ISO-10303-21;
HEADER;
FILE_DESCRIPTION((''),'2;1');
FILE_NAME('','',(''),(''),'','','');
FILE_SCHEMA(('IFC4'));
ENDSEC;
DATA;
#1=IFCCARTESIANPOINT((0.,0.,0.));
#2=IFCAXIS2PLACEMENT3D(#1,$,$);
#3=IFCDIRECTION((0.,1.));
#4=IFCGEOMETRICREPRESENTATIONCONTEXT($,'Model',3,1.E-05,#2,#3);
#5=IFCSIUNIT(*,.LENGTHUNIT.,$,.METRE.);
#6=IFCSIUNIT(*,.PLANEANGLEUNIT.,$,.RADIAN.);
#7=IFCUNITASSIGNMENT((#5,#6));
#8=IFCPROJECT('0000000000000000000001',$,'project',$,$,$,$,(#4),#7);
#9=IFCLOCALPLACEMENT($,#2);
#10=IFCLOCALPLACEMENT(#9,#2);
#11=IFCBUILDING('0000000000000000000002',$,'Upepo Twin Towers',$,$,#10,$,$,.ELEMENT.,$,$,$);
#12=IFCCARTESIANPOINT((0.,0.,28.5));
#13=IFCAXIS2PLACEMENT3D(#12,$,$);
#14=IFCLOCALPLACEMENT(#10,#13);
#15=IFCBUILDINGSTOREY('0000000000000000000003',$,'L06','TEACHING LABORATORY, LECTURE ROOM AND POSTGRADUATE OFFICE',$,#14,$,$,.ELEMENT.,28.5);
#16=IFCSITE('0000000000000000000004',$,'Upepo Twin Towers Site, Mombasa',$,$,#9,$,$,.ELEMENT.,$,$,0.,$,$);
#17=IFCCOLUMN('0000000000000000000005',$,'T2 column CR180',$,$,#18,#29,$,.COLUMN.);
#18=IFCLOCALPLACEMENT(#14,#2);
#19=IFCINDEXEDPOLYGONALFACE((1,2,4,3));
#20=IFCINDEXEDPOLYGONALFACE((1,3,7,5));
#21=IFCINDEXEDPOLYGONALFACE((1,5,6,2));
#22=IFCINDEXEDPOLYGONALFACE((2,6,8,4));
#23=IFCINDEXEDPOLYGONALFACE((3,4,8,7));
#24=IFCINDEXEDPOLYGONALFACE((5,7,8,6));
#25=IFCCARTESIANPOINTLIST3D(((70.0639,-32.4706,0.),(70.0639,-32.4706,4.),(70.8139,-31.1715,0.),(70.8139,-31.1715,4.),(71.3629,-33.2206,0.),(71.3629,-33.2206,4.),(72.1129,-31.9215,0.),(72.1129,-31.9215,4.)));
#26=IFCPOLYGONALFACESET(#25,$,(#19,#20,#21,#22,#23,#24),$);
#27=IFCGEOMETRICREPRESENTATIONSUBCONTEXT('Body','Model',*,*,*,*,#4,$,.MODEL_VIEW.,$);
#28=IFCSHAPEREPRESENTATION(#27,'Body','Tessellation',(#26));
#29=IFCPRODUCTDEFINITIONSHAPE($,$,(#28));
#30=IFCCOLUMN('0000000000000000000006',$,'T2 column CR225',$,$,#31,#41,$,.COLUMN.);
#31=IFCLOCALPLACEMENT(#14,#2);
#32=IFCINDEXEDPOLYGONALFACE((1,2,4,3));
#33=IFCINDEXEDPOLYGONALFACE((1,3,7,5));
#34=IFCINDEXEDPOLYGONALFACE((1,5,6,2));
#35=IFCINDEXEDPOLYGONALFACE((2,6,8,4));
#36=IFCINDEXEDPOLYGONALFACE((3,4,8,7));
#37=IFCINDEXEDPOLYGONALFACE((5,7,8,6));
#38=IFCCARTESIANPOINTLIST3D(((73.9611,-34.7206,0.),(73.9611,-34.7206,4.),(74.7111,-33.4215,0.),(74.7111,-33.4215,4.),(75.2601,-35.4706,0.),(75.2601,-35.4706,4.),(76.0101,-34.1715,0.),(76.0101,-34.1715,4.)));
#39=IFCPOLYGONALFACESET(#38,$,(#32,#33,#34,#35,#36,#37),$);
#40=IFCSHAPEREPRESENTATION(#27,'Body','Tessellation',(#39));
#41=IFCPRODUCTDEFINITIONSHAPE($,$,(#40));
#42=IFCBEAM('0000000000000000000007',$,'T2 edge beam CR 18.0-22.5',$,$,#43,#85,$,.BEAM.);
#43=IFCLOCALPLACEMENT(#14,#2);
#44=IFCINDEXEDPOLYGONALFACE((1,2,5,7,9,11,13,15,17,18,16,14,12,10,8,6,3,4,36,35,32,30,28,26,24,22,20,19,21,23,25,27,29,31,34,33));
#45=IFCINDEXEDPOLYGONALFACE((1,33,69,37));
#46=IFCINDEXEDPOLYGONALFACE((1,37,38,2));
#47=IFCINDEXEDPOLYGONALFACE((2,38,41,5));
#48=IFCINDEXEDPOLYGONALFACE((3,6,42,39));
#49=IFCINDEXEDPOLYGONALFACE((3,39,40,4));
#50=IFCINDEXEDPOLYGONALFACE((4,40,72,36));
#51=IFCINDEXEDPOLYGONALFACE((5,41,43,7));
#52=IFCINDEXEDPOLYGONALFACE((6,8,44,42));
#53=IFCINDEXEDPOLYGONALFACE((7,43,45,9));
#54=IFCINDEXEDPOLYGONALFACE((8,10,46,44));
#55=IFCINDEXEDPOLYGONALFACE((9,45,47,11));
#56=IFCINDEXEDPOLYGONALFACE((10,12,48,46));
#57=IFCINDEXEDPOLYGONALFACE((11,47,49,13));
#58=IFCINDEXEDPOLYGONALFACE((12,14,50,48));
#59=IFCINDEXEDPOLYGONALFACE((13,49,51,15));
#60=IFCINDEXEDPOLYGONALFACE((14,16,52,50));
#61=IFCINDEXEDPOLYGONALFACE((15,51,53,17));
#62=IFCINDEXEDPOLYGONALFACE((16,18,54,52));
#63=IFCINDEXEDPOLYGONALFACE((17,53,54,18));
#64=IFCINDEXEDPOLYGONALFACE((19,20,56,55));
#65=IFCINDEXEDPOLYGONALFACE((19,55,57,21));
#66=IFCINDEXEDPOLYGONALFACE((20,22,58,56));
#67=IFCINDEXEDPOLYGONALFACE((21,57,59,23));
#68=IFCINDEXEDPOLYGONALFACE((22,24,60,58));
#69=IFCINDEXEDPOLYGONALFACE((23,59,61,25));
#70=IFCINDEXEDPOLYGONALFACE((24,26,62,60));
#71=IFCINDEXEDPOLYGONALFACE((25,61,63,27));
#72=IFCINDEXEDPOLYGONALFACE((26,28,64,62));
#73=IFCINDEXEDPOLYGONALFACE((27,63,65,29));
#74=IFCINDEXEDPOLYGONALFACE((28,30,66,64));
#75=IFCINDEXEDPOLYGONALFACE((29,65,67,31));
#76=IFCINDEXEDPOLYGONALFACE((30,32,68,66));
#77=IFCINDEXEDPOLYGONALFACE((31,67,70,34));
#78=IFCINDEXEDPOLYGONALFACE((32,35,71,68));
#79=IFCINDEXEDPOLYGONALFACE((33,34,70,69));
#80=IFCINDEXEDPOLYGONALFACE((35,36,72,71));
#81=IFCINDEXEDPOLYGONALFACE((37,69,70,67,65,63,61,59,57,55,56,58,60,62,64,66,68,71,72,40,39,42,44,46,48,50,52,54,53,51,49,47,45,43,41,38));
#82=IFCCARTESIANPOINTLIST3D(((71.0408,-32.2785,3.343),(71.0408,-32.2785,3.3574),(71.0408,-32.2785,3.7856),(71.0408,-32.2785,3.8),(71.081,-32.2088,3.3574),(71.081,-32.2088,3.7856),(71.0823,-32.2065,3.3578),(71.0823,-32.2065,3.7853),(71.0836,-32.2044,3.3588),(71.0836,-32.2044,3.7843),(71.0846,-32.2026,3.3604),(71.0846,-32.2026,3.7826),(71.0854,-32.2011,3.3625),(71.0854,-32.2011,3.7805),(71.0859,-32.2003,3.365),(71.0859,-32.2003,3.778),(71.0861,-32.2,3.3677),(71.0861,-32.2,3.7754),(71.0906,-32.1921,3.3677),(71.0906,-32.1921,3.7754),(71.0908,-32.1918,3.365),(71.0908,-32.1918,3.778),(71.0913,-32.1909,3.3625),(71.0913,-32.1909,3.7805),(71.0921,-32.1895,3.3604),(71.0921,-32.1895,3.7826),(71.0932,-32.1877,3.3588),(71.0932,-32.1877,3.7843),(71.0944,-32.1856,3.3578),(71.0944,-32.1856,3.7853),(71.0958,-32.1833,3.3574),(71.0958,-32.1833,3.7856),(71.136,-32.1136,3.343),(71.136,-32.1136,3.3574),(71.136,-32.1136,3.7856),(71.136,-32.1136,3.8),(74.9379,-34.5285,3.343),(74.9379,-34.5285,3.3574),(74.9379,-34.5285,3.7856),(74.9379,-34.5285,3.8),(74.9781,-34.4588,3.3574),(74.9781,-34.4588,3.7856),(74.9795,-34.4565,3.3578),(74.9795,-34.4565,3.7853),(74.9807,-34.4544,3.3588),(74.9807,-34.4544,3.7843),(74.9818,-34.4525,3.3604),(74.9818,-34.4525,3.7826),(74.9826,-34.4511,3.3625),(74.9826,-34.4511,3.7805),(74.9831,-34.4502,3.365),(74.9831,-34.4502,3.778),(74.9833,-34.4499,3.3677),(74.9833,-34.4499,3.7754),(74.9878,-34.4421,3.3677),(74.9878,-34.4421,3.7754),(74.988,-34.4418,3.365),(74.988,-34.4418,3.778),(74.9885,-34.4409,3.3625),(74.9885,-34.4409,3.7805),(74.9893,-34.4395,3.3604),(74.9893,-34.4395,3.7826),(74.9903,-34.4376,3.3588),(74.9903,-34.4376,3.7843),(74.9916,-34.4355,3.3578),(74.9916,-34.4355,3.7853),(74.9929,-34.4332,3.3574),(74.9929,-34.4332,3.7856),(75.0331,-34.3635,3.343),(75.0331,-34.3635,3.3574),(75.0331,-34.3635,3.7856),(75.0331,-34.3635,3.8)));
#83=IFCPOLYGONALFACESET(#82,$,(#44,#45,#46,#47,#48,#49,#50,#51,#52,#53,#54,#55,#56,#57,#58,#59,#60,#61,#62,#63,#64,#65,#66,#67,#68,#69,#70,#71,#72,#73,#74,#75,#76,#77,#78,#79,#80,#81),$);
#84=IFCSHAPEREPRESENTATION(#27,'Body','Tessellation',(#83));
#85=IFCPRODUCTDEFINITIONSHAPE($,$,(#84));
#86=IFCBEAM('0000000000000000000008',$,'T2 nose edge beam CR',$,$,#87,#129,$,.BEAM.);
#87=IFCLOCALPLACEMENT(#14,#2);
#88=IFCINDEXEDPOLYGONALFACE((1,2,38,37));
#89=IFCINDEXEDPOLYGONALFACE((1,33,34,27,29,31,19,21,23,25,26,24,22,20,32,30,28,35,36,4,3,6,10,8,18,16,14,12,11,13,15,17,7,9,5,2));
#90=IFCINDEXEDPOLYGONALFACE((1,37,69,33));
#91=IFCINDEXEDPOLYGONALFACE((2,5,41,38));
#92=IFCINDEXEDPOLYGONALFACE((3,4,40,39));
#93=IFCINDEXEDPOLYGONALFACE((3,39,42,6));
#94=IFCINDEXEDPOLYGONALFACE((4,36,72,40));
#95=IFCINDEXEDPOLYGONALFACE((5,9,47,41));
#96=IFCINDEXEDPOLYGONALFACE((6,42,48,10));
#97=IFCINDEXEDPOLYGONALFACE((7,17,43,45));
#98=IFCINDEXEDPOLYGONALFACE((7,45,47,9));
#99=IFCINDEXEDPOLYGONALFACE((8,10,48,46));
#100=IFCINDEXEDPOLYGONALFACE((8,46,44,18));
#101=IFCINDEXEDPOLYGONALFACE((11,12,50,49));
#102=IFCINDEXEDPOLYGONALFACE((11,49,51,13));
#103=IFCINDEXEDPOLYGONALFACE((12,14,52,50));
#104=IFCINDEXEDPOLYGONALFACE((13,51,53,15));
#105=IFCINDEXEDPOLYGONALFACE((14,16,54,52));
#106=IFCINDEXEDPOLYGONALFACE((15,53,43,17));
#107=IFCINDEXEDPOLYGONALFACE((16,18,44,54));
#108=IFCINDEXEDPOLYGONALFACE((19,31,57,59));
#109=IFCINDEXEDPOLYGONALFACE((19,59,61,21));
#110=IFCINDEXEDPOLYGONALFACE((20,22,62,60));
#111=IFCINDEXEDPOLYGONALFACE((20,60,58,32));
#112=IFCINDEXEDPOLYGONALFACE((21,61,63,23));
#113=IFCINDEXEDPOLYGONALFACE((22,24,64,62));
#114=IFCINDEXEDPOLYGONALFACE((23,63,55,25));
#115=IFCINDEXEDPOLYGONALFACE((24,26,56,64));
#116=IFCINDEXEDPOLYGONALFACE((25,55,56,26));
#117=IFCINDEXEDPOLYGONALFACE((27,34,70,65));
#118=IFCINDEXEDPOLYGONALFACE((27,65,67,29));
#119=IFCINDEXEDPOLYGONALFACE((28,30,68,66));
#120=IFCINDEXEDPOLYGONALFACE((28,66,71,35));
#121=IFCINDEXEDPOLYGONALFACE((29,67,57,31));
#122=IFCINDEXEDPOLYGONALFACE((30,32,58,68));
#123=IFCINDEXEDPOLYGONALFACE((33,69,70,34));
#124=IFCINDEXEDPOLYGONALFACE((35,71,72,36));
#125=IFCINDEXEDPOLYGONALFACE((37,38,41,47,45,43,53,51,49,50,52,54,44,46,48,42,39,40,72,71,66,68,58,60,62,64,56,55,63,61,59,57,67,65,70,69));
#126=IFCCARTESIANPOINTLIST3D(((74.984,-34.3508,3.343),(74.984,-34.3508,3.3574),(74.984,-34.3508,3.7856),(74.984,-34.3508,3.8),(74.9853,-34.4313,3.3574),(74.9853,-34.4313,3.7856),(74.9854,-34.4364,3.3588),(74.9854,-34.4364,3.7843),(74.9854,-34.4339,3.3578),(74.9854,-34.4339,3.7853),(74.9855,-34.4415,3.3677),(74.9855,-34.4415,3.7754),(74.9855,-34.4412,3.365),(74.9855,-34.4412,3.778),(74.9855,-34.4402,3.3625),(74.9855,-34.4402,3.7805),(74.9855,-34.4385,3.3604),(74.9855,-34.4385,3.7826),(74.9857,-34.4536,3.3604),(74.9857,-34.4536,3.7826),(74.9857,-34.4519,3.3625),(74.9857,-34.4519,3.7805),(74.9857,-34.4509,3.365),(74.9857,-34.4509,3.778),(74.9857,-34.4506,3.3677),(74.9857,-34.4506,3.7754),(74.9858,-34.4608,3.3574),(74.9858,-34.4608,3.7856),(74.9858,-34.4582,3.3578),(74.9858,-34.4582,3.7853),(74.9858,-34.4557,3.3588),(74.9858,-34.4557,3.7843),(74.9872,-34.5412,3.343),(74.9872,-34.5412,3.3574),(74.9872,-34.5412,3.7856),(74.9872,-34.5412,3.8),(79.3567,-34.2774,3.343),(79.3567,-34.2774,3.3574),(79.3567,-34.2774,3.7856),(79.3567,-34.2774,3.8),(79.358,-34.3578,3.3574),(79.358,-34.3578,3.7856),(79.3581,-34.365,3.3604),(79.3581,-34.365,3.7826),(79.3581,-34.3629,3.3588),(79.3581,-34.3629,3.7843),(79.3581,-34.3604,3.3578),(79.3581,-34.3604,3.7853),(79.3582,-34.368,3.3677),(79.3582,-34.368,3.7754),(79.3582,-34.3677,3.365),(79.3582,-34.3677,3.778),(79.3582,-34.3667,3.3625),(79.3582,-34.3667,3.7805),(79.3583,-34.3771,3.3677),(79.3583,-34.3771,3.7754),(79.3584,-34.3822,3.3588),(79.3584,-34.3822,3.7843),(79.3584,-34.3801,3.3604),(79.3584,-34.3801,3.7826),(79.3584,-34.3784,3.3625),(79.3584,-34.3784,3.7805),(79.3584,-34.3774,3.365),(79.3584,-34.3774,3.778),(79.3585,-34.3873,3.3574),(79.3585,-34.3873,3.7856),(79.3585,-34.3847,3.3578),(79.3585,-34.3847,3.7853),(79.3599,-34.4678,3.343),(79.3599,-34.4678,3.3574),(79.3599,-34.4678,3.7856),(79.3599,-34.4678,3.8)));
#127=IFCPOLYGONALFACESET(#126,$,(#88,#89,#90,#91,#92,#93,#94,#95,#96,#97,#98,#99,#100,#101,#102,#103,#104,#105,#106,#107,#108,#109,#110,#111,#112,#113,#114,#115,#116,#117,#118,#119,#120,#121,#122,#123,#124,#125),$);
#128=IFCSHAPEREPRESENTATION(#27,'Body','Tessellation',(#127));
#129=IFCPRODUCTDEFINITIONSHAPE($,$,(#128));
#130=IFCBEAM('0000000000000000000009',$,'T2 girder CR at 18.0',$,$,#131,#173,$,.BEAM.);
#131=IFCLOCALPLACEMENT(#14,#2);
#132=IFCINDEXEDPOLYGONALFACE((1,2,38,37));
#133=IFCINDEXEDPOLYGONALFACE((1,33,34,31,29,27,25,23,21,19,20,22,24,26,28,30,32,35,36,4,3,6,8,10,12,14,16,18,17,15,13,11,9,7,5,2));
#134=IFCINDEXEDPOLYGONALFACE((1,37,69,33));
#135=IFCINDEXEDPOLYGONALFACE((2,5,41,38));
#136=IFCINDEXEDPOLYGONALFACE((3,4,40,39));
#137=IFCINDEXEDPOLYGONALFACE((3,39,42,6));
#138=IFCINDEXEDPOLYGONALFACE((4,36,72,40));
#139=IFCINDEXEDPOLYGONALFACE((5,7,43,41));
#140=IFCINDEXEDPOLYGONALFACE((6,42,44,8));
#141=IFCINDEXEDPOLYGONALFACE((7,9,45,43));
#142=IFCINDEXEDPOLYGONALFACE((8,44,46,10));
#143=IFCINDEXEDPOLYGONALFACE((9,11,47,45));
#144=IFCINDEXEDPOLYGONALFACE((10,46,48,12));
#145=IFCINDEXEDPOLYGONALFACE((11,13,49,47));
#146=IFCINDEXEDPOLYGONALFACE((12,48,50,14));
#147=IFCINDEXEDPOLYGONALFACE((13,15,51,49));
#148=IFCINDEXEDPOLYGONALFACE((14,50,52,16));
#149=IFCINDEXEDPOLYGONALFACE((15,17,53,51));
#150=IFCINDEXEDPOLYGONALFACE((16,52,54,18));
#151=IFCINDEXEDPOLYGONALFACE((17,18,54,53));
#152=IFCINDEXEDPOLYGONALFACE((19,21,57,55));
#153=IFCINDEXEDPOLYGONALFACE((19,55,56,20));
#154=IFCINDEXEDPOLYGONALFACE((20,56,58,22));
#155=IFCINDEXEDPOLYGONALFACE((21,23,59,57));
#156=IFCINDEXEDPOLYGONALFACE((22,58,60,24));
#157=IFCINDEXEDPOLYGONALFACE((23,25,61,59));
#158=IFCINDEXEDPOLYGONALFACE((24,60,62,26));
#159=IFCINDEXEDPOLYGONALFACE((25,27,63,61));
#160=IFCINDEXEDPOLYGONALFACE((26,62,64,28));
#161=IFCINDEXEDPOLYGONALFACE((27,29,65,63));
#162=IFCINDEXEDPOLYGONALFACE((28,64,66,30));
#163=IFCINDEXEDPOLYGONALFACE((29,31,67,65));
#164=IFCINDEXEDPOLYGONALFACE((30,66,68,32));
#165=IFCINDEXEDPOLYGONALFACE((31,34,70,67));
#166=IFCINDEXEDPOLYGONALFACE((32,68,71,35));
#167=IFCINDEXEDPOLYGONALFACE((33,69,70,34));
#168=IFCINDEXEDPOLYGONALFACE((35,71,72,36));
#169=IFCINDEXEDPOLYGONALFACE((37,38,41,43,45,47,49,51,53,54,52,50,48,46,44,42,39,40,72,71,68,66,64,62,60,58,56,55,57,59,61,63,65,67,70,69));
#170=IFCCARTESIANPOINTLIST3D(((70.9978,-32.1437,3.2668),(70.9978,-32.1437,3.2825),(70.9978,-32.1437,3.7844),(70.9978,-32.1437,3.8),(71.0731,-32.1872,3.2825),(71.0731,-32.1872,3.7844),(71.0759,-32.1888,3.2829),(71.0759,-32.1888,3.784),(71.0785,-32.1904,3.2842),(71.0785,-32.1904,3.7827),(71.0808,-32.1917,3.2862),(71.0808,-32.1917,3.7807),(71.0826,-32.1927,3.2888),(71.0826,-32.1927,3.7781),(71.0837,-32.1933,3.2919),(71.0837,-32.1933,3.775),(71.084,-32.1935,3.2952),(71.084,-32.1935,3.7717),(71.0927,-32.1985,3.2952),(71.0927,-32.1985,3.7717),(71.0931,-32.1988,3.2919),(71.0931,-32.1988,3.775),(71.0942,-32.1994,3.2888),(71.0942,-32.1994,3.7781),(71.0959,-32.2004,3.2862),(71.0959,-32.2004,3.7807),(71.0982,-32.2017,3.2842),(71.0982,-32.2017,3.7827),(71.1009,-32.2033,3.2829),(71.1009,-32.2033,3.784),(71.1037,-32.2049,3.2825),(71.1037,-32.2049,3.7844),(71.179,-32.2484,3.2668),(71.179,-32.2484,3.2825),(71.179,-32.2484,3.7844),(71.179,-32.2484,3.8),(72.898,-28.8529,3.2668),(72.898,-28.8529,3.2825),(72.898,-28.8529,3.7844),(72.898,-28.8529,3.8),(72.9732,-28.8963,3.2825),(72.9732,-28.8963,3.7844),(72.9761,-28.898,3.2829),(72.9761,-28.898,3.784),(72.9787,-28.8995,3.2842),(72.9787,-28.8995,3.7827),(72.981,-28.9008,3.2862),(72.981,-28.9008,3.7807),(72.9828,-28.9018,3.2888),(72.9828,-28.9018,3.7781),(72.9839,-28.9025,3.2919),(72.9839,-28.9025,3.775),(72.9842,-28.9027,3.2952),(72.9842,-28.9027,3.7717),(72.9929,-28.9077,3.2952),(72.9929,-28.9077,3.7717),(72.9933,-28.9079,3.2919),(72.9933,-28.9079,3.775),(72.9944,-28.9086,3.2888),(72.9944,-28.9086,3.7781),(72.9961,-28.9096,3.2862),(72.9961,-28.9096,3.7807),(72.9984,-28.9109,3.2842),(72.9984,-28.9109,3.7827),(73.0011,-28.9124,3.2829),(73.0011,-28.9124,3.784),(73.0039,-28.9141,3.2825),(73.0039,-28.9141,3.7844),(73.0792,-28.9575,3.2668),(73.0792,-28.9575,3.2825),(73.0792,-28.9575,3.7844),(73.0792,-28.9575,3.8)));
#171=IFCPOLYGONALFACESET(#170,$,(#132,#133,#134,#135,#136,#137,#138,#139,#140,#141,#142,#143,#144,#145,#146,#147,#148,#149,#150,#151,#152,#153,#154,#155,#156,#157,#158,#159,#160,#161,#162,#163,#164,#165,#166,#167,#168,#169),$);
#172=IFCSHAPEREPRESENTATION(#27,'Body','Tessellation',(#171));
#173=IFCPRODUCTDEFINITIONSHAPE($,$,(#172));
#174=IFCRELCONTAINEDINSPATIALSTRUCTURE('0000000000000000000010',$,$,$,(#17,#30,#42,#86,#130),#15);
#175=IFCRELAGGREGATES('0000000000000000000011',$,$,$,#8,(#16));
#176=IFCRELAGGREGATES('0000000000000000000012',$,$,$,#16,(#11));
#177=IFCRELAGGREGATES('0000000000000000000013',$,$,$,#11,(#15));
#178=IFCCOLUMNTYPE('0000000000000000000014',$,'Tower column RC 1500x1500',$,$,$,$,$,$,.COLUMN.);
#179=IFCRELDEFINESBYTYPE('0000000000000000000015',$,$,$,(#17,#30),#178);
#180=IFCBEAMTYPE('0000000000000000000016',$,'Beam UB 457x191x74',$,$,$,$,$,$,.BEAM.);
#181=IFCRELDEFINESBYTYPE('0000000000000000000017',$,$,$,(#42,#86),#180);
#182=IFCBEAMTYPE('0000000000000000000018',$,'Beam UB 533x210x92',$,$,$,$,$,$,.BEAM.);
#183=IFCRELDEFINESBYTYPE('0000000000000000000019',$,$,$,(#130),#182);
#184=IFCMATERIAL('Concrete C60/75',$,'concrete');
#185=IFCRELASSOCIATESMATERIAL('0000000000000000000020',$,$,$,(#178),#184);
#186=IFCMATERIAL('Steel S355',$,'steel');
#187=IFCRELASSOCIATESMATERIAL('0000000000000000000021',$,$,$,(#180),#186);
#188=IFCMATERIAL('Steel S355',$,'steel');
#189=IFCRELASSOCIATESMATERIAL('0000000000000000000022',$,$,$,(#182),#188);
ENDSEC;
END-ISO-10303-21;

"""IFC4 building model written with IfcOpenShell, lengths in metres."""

from ifc_helpers import new_model, si_unit, direction, frame, origin, origin_2d, place, context, subcontext, project, spatial, rectangle, i_section, extrude, material, material_profile, profile_set, type_object, element, save


model = new_model("IFC4")

# Units and contexts
model_context = context("Model", 3, precision=1e-05, world=origin(), true_north=direction((0.0, 1.0)))
body_context = subcontext(model_context, "Body", "Model", "MODEL_VIEW")
ifc_project = project(units=[si_unit("LENGTHUNIT", "METRE"), si_unit("PLANEANGLEUNIT", "RADIAN")], contexts=[model_context])

# Site, building, storey
site_placement = place(None, origin())
site = spatial("IfcSite", under=ifc_project, at=site_placement, Name="Upepo Twin Towers Site, Mombasa", CompositionType="ELEMENT", RefElevation=0.0)
building_placement = place(site_placement, origin())
building = spatial("IfcBuilding", under=site, at=building_placement, Name="Upepo Twin Towers", CompositionType="ELEMENT")
storey_placement = place(building_placement, frame((0.0, 0.0, 28.5)))
storey = spatial("IfcBuildingStorey", under=building, at=storey_placement, Name="L06", Description="TEACHING LABORATORY, LECTURE ROOM AND POSTGRADUATE OFFICE", CompositionType="ELEMENT", Elevation=28.5)

# Columns
ifc_material_1 = material(Name="Concrete C60/75", Category="concrete")
ifc_material_profile_1 = material_profile(ifc_material_1, rectangle(XDim=1.5, YDim=1.5, at=origin_2d()), Name="RC 1500x1500")
ifc_profile_set_1 = profile_set([ifc_material_profile_1], Name="Concrete C60/75")
column_type = type_object("IfcColumnType", Name="Tower column RC 1500x1500", PredefinedType="COLUMN", material=ifc_profile_set_1)
for number, where, z_axis, x_axis, name in (
    (1, (71.0884, -32.196, 0.0), (0.0, 0.0, 1.0), (0.5, 0.866025, 0.0), "T2 column CR180"),
    (2, (74.9856, -34.446, 0.0), (0.0, 0.0, 1.0), (0.5, 0.866025, 0.0), "T2 column CR225"),
):
    element("IfcColumn", number, at=place(storey_placement, frame(where, z_axis=z_axis, x_axis=x_axis)), inside=storey, type_object=column_type, Name=name, PredefinedType="COLUMN", context=body_context, shape_type="SweptSolid", body=[
        extrude(rectangle(XDim=1.5, YDim=1.5, at=origin_2d()), origin(), (0.0, 0.0, 1.0), 4.0),
    ])

# Beams
ifc_material_2 = material(Name="Steel S355", Category="steel")
ifc_material_profile_2 = material_profile(ifc_material_2, i_section(OverallWidth=0.1904, OverallDepth=0.457, WebThickness=0.009, FlangeThickness=0.0144, FilletRadius=0.0103, at=origin_2d()), Name="UB 457x191x74")
ifc_profile_set_2 = profile_set([ifc_material_profile_2], Name="Steel S355")
beam_type_1 = type_object("IfcBeamType", Name="Beam UB 457x191x74", PredefinedType="BEAM", material=ifc_profile_set_2)
beam_1_placement = place(storey_placement, frame((71.0884, -32.196, 3.5715), z_axis=(0.866031, -0.49999, 0.0), x_axis=(0.49999, 0.866031, 0.0)))
element("IfcBeam", 3, at=beam_1_placement, inside=storey, type_object=beam_type_1, Name="T2 edge beam CR 18.0-22.5", PredefinedType="BEAM", context=body_context, shape_type="SweptSolid", body=[
    extrude(i_section(OverallWidth=0.1904, OverallDepth=0.457, WebThickness=0.009, FlangeThickness=0.0144, FilletRadius=0.0103, at=origin_2d()), origin(), (0.0, 0.0, 1.0), 4.5),
])
beam_2_placement = place(storey_placement, frame((74.9856, -34.446, 3.5715), z_axis=(0.999859, 0.016804, 0.0), x_axis=(-0.016804, 0.999859, 0.0)))
element("IfcBeam", 4, at=beam_2_placement, inside=storey, type_object=beam_type_1, Name="T2 nose edge beam CR", PredefinedType="BEAM", context=body_context, shape_type="SweptSolid", body=[
    extrude(i_section(OverallWidth=0.1904, OverallDepth=0.457, WebThickness=0.009, FlangeThickness=0.0144, FilletRadius=0.0103, at=origin_2d()), origin(), (0.0, 0.0, 1.0), 4.3733),
])
ifc_material_3 = material(Name="Steel S355", Category="steel")
ifc_material_profile_3 = material_profile(ifc_material_3, i_section(OverallWidth=0.2092, OverallDepth=0.5332, WebThickness=0.01, FlangeThickness=0.0156, FilletRadius=0.0127, at=origin_2d()), Name="UB 533x210x92")
ifc_profile_set_3 = profile_set([ifc_material_profile_3], Name="Steel S355")
beam_type_2 = type_object("IfcBeamType", Name="Beam UB 533x210x92", PredefinedType="BEAM", material=ifc_profile_set_3)
beam_3_placement = place(storey_placement, frame((71.0884, -32.196, 3.5334), z_axis=(0.500043, 0.866, 0.0), x_axis=(-0.866, 0.500043, 0.0)))
element("IfcBeam", 5, at=beam_3_placement, inside=storey, type_object=beam_type_2, Name="T2 girder CR at 18.0", PredefinedType="BEAM", context=body_context, shape_type="SweptSolid", body=[
    extrude(i_section(OverallWidth=0.2092, OverallDepth=0.5332, WebThickness=0.01, FlangeThickness=0.0156, FilletRadius=0.0127, at=origin_2d()), origin(), (0.0, 0.0, 1.0), 3.8),
])

save(model, "model.ifc")
